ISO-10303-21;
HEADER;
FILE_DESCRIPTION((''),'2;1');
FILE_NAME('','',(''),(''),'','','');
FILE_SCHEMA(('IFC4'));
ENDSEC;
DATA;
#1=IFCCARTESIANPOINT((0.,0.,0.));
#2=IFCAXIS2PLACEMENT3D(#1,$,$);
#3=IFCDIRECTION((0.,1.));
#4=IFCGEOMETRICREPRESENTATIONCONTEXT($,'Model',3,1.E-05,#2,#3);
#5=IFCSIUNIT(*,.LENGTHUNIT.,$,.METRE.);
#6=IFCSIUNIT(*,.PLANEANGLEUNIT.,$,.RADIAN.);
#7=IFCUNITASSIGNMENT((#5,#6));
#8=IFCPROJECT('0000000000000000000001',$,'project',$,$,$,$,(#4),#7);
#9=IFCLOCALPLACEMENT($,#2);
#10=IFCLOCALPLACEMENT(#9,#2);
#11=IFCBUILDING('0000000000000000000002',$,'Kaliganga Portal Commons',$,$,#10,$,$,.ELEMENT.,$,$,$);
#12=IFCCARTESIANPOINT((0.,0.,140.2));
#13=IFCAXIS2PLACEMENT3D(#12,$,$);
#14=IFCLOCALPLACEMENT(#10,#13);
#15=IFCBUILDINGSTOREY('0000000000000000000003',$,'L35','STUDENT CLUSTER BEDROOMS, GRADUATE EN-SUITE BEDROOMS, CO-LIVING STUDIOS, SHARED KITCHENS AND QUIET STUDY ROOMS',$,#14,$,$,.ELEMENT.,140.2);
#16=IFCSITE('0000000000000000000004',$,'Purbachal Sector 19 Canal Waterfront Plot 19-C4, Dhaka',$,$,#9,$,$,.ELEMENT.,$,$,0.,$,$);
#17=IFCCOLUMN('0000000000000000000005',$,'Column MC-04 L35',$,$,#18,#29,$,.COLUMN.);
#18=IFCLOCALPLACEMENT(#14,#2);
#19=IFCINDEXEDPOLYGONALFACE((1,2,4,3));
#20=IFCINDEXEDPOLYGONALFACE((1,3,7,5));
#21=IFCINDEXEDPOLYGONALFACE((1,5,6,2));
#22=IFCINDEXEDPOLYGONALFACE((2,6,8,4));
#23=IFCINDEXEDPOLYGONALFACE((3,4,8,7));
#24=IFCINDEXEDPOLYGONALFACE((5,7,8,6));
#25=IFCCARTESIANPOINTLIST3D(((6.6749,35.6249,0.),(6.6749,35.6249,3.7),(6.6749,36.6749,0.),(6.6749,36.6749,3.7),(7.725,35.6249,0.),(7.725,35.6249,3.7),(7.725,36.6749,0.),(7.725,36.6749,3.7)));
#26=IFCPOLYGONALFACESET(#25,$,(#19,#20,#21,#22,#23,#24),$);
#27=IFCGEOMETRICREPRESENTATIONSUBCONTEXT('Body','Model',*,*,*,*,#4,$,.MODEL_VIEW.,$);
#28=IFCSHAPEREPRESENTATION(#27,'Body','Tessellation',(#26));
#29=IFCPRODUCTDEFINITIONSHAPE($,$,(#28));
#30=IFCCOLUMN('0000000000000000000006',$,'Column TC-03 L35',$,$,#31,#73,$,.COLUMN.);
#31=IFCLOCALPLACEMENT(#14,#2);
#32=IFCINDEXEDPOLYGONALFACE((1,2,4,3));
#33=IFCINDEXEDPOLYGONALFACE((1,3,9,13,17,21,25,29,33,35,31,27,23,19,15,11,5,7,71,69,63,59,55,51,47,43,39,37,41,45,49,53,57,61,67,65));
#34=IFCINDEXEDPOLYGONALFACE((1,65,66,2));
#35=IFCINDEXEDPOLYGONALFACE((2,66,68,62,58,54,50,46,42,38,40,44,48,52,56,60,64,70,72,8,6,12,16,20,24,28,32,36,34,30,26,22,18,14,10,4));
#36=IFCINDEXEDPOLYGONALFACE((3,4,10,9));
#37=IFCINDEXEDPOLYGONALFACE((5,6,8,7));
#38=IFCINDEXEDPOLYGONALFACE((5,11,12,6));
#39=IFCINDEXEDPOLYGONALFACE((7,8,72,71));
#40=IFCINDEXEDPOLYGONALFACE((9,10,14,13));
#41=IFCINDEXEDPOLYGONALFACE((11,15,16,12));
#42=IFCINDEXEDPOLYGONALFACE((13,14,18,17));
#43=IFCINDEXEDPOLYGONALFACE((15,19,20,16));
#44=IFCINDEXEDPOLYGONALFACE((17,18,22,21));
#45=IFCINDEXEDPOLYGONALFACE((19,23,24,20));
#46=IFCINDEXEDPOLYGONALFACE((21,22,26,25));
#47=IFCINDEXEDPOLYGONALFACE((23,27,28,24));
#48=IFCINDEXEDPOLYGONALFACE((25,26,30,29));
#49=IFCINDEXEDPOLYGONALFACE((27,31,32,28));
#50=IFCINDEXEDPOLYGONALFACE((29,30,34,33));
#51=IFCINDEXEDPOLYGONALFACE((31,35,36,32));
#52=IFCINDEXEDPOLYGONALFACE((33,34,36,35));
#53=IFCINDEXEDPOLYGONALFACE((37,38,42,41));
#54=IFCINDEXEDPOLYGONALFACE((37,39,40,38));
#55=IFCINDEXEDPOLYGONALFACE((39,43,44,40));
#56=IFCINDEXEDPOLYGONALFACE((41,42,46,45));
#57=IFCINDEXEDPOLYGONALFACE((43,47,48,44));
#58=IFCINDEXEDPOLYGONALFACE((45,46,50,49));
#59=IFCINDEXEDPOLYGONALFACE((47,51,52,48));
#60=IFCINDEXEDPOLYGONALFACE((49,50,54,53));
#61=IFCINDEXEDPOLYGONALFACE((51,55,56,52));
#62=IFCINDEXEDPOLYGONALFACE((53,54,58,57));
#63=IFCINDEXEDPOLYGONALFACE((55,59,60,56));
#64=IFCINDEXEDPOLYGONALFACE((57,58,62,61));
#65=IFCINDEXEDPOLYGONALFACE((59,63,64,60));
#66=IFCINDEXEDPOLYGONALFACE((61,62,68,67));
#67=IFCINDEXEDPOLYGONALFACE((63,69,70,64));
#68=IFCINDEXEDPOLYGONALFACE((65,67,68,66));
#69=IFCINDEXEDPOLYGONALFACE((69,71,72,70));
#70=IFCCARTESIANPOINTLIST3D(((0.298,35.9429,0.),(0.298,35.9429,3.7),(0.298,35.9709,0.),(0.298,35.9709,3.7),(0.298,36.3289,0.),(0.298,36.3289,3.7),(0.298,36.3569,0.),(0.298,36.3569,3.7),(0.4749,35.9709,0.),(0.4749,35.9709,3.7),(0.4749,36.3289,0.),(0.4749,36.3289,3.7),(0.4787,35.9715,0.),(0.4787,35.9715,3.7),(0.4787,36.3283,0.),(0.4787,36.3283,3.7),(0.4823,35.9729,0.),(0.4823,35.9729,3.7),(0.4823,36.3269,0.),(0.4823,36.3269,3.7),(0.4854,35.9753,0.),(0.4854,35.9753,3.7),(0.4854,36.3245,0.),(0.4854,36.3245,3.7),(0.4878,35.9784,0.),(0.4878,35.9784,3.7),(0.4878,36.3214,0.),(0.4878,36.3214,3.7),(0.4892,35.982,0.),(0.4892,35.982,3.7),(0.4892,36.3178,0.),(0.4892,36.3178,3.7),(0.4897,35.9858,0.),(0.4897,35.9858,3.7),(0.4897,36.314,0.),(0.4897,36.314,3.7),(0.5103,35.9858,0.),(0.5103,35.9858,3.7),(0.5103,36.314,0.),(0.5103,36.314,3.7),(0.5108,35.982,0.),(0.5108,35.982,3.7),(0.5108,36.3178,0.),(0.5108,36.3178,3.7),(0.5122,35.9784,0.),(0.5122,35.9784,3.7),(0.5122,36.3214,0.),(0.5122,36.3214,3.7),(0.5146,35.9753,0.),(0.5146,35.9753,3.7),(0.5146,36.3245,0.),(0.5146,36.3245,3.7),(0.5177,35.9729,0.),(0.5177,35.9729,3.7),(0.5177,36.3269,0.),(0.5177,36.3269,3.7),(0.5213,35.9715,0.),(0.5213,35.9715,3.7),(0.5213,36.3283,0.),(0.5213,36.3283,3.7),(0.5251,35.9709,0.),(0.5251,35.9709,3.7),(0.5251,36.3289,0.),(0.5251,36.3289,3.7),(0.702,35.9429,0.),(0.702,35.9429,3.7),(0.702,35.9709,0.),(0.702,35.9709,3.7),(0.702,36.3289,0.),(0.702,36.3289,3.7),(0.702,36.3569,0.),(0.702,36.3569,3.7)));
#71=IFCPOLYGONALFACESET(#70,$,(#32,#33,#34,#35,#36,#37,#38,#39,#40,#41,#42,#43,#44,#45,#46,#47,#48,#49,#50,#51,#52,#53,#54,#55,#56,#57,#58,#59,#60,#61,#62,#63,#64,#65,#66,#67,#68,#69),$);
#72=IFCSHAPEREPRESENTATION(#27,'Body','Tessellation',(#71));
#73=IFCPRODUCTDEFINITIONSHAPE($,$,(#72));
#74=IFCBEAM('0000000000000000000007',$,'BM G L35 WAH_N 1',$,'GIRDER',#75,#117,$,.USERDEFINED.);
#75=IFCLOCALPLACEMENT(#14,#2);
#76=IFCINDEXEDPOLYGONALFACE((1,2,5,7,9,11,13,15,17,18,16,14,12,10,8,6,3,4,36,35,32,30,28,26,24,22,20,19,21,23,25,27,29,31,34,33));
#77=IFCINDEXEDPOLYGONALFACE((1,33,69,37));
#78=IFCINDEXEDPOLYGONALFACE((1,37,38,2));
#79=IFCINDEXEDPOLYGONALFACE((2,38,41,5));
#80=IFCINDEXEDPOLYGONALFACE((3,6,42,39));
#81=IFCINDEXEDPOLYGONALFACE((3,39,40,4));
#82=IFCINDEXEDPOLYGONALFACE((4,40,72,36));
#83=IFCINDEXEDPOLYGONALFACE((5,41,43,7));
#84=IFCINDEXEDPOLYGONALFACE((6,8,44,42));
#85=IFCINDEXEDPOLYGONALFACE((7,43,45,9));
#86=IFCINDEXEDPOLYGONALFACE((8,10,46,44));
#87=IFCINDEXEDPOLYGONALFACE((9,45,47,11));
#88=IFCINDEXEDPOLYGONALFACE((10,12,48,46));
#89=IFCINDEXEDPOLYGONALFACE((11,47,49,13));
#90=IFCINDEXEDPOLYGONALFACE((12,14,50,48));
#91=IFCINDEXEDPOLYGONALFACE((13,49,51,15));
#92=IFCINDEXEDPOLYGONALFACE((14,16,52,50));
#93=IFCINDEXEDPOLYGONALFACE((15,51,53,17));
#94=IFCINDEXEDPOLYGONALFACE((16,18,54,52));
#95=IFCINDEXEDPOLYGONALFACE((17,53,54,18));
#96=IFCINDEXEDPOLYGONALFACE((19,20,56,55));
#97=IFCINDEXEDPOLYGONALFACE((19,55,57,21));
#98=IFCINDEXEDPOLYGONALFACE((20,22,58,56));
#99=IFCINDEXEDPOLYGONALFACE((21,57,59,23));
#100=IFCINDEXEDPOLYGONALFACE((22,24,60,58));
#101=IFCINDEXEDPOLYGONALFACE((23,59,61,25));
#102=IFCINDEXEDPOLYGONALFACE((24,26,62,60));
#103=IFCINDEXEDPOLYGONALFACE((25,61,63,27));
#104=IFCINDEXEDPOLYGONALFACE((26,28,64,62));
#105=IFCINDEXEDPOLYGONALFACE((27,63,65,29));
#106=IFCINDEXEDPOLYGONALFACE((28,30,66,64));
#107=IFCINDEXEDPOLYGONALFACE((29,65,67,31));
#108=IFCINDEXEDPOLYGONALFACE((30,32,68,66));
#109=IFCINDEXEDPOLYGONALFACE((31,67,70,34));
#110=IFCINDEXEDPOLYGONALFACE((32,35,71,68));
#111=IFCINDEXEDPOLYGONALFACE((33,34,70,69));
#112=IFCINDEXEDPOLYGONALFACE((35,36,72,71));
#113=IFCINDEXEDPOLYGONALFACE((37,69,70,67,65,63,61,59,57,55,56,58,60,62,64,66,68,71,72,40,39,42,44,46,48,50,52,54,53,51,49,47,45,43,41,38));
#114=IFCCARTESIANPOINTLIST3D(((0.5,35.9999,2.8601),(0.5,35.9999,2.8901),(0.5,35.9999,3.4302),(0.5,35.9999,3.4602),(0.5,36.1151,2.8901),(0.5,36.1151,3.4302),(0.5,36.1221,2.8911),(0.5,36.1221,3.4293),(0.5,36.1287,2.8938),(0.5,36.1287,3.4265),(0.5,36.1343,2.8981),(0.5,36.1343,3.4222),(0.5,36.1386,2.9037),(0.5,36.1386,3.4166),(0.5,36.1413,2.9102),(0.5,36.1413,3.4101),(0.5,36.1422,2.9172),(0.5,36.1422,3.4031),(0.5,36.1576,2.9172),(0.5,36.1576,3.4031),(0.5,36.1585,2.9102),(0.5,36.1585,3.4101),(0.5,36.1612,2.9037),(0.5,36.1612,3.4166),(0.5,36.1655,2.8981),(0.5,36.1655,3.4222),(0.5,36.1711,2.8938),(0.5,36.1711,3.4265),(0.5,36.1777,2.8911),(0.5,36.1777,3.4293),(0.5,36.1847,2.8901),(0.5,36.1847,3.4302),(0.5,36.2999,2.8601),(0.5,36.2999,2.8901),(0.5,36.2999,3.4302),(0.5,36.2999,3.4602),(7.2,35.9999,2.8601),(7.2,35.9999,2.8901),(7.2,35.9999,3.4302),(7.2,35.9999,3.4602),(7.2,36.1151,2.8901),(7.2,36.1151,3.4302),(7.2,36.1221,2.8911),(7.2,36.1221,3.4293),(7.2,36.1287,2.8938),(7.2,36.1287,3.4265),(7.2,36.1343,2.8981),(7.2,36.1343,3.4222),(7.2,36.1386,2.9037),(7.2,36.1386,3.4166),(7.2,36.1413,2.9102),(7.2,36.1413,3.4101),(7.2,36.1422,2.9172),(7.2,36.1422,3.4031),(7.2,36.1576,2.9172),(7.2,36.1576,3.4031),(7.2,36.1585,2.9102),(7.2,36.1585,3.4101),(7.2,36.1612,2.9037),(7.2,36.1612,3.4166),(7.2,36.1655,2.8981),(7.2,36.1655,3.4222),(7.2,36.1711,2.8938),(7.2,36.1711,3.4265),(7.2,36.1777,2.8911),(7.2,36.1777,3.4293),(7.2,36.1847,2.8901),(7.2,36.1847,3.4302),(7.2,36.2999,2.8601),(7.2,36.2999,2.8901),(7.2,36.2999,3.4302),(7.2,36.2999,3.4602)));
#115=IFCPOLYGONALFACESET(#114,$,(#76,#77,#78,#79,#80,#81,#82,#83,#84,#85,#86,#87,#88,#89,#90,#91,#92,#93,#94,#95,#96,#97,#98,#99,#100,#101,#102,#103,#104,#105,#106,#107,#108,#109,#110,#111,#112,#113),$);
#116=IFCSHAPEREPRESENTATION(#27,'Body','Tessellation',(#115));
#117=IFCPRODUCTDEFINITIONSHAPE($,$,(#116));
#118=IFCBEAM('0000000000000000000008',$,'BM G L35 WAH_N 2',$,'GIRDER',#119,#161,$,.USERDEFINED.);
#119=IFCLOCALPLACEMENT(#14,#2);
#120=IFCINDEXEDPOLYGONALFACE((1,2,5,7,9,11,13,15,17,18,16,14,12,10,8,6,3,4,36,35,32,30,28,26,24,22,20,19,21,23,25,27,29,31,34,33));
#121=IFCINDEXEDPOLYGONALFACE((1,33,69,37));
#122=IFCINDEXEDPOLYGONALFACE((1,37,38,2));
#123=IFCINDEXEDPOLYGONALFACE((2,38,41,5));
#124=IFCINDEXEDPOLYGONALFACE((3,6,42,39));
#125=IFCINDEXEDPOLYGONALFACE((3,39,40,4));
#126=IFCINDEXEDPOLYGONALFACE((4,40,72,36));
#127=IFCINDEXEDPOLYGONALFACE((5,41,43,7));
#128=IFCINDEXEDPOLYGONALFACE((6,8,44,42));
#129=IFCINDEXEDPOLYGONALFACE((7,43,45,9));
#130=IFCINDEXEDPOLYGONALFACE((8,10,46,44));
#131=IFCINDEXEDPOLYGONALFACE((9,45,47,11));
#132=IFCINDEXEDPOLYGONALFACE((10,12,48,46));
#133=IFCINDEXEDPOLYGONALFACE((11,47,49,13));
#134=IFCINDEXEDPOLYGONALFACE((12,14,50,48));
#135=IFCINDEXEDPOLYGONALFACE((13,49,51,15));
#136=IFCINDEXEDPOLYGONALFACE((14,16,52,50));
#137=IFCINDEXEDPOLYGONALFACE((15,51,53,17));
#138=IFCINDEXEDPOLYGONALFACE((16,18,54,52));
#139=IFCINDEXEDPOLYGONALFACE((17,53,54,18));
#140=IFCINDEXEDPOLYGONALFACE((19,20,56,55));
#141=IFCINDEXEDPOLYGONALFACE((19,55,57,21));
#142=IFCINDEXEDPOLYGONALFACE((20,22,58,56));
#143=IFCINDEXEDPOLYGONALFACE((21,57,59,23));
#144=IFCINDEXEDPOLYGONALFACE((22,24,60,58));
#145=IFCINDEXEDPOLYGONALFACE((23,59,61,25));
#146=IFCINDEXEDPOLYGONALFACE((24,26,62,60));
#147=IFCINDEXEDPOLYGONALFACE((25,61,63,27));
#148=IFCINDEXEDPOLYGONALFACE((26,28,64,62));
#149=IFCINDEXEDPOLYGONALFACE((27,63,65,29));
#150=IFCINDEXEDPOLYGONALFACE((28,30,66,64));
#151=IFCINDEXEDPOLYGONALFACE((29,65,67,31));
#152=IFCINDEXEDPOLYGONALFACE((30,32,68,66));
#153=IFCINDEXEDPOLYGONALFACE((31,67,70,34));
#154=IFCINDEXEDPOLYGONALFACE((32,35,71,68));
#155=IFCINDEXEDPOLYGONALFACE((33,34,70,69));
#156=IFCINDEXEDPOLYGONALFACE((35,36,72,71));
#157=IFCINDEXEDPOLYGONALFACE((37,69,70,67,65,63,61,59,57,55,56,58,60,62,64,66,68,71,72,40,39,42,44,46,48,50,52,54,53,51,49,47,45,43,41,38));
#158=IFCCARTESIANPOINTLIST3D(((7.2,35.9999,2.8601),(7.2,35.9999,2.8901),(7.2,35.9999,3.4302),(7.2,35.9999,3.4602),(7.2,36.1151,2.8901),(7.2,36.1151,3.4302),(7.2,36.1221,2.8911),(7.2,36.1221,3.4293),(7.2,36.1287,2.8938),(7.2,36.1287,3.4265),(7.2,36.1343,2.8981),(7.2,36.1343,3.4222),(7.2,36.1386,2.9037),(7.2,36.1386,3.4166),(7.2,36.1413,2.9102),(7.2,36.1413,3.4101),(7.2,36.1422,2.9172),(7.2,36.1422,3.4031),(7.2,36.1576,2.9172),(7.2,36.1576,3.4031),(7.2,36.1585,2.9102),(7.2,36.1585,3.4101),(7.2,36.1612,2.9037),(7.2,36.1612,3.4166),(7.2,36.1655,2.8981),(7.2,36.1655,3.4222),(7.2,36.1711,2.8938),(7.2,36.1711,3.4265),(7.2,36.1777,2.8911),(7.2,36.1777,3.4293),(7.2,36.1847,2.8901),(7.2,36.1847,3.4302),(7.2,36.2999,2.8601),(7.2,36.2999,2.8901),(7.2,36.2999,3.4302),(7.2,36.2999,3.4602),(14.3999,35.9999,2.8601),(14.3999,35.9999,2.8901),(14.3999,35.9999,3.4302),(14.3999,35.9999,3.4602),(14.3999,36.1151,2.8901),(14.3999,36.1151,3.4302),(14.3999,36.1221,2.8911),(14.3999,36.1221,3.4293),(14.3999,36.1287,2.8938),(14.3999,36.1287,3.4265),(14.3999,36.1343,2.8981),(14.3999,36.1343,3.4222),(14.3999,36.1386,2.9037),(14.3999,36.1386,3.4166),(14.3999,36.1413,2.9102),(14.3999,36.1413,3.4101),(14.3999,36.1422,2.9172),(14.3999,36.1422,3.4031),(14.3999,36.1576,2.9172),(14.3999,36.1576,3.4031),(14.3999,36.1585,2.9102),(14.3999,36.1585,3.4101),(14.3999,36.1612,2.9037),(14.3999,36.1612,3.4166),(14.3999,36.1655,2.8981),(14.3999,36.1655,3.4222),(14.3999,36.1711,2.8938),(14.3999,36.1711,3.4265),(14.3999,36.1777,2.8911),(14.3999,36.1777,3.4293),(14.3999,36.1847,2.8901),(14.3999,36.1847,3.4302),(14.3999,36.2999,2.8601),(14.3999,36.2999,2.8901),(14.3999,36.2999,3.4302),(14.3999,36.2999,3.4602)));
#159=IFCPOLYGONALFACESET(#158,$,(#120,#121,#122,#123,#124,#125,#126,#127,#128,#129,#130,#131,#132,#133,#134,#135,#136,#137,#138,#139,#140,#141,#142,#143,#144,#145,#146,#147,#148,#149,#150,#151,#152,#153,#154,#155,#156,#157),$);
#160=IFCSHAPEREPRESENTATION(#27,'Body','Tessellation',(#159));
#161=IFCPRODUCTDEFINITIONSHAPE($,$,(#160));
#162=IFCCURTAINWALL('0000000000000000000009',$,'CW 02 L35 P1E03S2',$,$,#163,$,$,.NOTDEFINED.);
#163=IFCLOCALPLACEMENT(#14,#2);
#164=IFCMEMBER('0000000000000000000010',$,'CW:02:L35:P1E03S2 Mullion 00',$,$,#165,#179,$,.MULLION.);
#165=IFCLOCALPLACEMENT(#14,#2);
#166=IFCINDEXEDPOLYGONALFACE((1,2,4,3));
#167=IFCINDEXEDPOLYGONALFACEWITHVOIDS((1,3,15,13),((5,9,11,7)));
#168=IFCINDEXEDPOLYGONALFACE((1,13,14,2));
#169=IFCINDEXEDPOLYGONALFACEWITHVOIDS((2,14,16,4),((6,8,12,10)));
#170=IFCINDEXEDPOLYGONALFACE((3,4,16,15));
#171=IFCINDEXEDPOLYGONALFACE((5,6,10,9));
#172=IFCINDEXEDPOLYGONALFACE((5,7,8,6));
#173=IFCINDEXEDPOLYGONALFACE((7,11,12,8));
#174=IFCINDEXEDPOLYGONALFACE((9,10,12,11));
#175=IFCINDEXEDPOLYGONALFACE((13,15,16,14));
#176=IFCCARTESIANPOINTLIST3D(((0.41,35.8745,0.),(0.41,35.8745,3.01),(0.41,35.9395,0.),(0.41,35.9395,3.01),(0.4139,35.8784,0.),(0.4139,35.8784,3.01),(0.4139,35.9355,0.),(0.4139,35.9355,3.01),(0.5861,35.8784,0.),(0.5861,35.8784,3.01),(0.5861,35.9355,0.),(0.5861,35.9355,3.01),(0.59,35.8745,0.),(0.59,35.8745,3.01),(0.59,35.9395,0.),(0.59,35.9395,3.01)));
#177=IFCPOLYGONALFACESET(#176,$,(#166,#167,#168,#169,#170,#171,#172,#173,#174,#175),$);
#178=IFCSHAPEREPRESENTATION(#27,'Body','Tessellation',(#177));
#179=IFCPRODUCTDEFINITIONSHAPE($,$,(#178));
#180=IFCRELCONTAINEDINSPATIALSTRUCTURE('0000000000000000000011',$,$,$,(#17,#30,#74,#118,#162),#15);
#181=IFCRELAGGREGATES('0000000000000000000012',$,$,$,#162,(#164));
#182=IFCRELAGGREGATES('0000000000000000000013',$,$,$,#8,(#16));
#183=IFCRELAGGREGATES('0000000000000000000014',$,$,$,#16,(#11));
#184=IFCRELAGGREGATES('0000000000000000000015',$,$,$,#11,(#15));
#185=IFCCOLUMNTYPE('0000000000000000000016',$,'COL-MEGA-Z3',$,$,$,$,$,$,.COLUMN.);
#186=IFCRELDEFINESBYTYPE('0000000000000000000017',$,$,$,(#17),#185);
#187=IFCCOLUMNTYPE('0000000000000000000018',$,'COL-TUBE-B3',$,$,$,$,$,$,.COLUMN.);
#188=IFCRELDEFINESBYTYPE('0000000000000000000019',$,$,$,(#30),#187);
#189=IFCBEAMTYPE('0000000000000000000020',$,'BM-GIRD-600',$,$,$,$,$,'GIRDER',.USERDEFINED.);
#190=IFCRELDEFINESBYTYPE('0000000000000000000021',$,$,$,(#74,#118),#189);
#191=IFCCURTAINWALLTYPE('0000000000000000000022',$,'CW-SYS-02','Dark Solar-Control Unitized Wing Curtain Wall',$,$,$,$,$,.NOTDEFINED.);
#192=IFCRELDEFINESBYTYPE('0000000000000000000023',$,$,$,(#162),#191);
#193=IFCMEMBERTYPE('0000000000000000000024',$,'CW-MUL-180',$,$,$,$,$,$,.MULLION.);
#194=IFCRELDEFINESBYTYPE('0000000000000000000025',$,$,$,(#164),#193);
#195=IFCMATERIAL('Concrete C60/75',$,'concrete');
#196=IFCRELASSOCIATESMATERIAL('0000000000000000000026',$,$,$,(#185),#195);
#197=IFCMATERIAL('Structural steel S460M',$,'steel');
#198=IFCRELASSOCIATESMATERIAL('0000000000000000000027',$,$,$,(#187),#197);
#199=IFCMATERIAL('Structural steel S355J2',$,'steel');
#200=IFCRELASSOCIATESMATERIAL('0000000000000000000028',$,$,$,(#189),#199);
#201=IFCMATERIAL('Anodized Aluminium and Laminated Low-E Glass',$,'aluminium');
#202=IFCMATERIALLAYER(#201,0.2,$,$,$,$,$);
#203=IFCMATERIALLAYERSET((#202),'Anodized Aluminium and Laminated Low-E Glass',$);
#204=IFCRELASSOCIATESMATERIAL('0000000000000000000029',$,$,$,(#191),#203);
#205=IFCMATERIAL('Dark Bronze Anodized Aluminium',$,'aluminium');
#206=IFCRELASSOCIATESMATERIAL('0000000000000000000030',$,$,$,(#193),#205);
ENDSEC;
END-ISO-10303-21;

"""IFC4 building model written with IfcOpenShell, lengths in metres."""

from ifc_helpers import new_model, si_unit, direction, frame, origin, origin_2d, place, context, subcontext, project, spatial, rectangle, hollow_rectangle, i_section, extrude, source, transform, mapped, material, layer, layer_set, material_profile, profile_set, type_object, element, aggregate, save


model = new_model("IFC4")

# Units and contexts
model_context = context("Model", 3, precision=1e-05, world=origin(), true_north=direction((0.0, 1.0)))
body_context = subcontext(model_context, "Body", "Model", "MODEL_VIEW")
ifc_project = project(units=[si_unit("LENGTHUNIT", "METRE"), si_unit("PLANEANGLEUNIT", "RADIAN")], contexts=[model_context])

# Site, building, storey
site_placement = place(None, origin())
site = spatial("IfcSite", under=ifc_project, at=site_placement, Name="Purbachal Sector 19 Canal Waterfront Plot 19-C4, Dhaka", CompositionType="ELEMENT", RefElevation=0.0)
building_placement = place(site_placement, origin())
building = spatial("IfcBuilding", under=site, at=building_placement, Name="Kaliganga Portal Commons", CompositionType="ELEMENT")
storey_placement = place(building_placement, frame((0.0, 0.0, 140.2)))
storey = spatial("IfcBuildingStorey", under=building, at=storey_placement, Name="L35", Description="STUDENT CLUSTER BEDROOMS, GRADUATE EN-SUITE BEDROOMS, CO-LIVING STUDIOS, SHARED KITCHENS AND QUIET STUDY ROOMS", CompositionType="ELEMENT", Elevation=140.2)

# Columns
ifc_material_1 = material(Name="Concrete C60/75", Category="concrete")
ifc_material_profile_1 = material_profile(ifc_material_1, rectangle(XDim=1.05, YDim=1.05, at=origin_2d()), Name="RC 1050x1050")
ifc_profile_set_1 = profile_set([ifc_material_profile_1], Name="Concrete C60/75")
column_type_1 = type_object("IfcColumnType", Name="COL-MEGA-Z3", PredefinedType="COLUMN", material=ifc_profile_set_1)
shared_shape_1 = source(origin(), body_context, "Body", "SweptSolid", [
    extrude(rectangle(XDim=1.05, YDim=1.05, at=origin_2d()), origin(), (0.0, 0.0, 1.0), 3.7),
])
column_1_placement = place(storey_placement, frame((7.2, 36.1499, 0.0), z_axis=(0.0, 0.0, 1.0), x_axis=(1.0, 0.0, 0.0)))
element("IfcColumn", 1, at=column_1_placement, inside=storey, type_object=column_type_1, Name="Column MC-04 L35", PredefinedType="COLUMN", context=body_context, shape_type="MappedRepresentation", body=[
    mapped(shared_shape_1, transform((0.0, 0.0, 0.0), x_axis=(1.0, 0.0, 0.0), y_axis=(0.0, 1.0, 0.0), z_axis=(0.0, 0.0, 1.0), scale=1.0)),
])
ifc_material_2 = material(Name="Structural steel S460M", Category="steel")
ifc_material_profile_2 = material_profile(ifc_material_2, i_section(OverallWidth=0.4041, OverallDepth=0.4141, WebThickness=0.0205, FlangeThickness=0.0281, FilletRadius=0.0149, at=origin_2d()), Name="HD 400x347")
ifc_profile_set_2 = profile_set([ifc_material_profile_2], Name="Structural steel S460M wide-flange")
column_type_2 = type_object("IfcColumnType", Name="COL-TUBE-B3", PredefinedType="COLUMN", material=ifc_profile_set_2)
shared_shape_2 = source(origin(), body_context, "Body", "SweptSolid", [
    extrude(i_section(OverallWidth=0.4041, OverallDepth=0.4141, WebThickness=0.0205, FlangeThickness=0.0281, FilletRadius=0.0149, at=origin_2d()), origin(), (0.0, 0.0, 1.0), 3.7),
])
column_2_placement = place(storey_placement, frame((0.5, 36.1499, 0.0), z_axis=(0.0, 0.0, 1.0), x_axis=(1.0, 0.0, 0.0)))
element("IfcColumn", 2, at=column_2_placement, inside=storey, type_object=column_type_2, Name="Column TC-03 L35", PredefinedType="COLUMN", context=body_context, shape_type="MappedRepresentation", body=[
    mapped(shared_shape_2, transform((0.0, 0.0, 0.0), x_axis=(1.0, 0.0, 0.0), y_axis=(0.0, 1.0, 0.0), z_axis=(0.0, 0.0, 1.0), scale=1.0)),
])

# Beams
ifc_material_3 = material(Name="Structural steel S355J2", Category="steel")
ifc_material_profile_3 = material_profile(ifc_material_3, i_section(OverallWidth=0.3, OverallDepth=0.6001, WebThickness=0.0154, FlangeThickness=0.03, FilletRadius=0.0271, at=origin_2d()), Name="HE 600 B")
ifc_profile_set_3 = profile_set([ifc_material_profile_3], Name="Structural steel S355J2 wide-flange")
beam_type = type_object("IfcBeamType", Name="BM-GIRD-600", ElementType="GIRDER", PredefinedType="USERDEFINED", material=ifc_profile_set_3)
shared_shape_3 = source(origin(), body_context, "Body", "SweptSolid", [
    extrude(i_section(OverallWidth=0.3, OverallDepth=0.6001, WebThickness=0.0154, FlangeThickness=0.03, FilletRadius=0.0271, at=origin_2d()), origin(), (0.0, 0.0, 1.0), 6.7),
])
beam_1_placement = place(storey_placement, frame((0.5, 36.1499, 3.1602), z_axis=(1.0, 0.0, 0.0), x_axis=(0.0, 1.0, 0.0)))
element("IfcBeam", 3, at=beam_1_placement, inside=storey, type_object=beam_type, Name="BM G L35 WAH_N 1", ObjectType="GIRDER", PredefinedType="USERDEFINED", context=body_context, shape_type="MappedRepresentation", body=[
    mapped(shared_shape_3, transform((0.0, 0.0, 0.0), x_axis=(1.0, 0.0, 0.0), y_axis=(0.0, 1.0, 0.0), z_axis=(0.0, 0.0, 1.0), scale=1.0)),
])
shared_shape_4 = source(origin(), body_context, "Body", "SweptSolid", [
    extrude(i_section(OverallWidth=0.3, OverallDepth=0.6001, WebThickness=0.0154, FlangeThickness=0.03, FilletRadius=0.0271, at=origin_2d()), origin(), (0.0, 0.0, 1.0), 7.2),
])
beam_2_placement = place(storey_placement, frame((7.2, 36.1499, 3.1602), z_axis=(1.0, 0.0, 0.0), x_axis=(0.0, 1.0, 0.0)))
element("IfcBeam", 4, at=beam_2_placement, inside=storey, type_object=beam_type, Name="BM G L35 WAH_N 2", ObjectType="GIRDER", PredefinedType="USERDEFINED", context=body_context, shape_type="MappedRepresentation", body=[
    mapped(shared_shape_4, transform((0.0, 0.0, 0.0), x_axis=(1.0, 0.0, 0.0), y_axis=(0.0, 1.0, 0.0), z_axis=(0.0, 0.0, 1.0), scale=1.0)),
])

# Curtain wall, member
ifc_material_4 = material(Name="Anodized Aluminium and Laminated Low-E Glass", Category="aluminium")
ifc_layer_1 = layer(ifc_material_4, 0.2)
ifc_layer_set_1 = layer_set([ifc_layer_1], Name="Anodized Aluminium and Laminated Low-E Glass")
curtain_wall_type = type_object("IfcCurtainWallType", Name="CW-SYS-02", Description="Dark Solar-Control Unitized Wing Curtain Wall", PredefinedType="NOTDEFINED", material=ifc_layer_set_1)
curtain_wall_placement = place(storey_placement, origin())
curtain_wall = element("IfcCurtainWall", 5, at=curtain_wall_placement, inside=storey, type_object=curtain_wall_type, Name="CW 02 L35 P1E03S2", PredefinedType="NOTDEFINED")
ifc_material_5 = material(Name="Dark Bronze Anodized Aluminium", Category="aluminium")
ifc_material_profile_4 = material_profile(ifc_material_5, hollow_rectangle(XDim=0.0649, YDim=0.1799, WallThickness=0.0039, at=origin_2d()), Name="ALU MULL 65x180x4")
ifc_profile_set_4 = profile_set([ifc_material_profile_4], Name="Dark Bronze Anodized Aluminium")
member_type_1 = type_object("IfcMemberType", Name="CW-MUL-180", PredefinedType="MULLION", material=ifc_profile_set_4)
shared_shape_5 = source(origin(), body_context, "Body", "SweptSolid", [
    extrude(hollow_rectangle(XDim=0.0649, YDim=0.1799, WallThickness=0.0039, at=origin_2d()), origin(), (0.0, 0.0, 1.0), 3.01),
])
member_1_placement = place(storey_placement, frame((0.5, 35.907, 0.0), z_axis=(0.0, 0.0, 1.0), x_axis=(0.0, -1.0, 0.0)))
member_1 = element("IfcMember", 6, at=member_1_placement, type_object=member_type_1, Name="CW:02:L35:P1E03S2 Mullion 00", PredefinedType="MULLION", context=body_context, shape_type="MappedRepresentation", body=[
    mapped(shared_shape_5, transform((0.0, 0.0, 0.0), x_axis=(1.0, 0.0, 0.0), y_axis=(0.0, 1.0, 0.0), z_axis=(0.0, 0.0, 1.0), scale=1.0)),
])
aggregate(curtain_wall, [member_1])

save(model, "model.ifc")
